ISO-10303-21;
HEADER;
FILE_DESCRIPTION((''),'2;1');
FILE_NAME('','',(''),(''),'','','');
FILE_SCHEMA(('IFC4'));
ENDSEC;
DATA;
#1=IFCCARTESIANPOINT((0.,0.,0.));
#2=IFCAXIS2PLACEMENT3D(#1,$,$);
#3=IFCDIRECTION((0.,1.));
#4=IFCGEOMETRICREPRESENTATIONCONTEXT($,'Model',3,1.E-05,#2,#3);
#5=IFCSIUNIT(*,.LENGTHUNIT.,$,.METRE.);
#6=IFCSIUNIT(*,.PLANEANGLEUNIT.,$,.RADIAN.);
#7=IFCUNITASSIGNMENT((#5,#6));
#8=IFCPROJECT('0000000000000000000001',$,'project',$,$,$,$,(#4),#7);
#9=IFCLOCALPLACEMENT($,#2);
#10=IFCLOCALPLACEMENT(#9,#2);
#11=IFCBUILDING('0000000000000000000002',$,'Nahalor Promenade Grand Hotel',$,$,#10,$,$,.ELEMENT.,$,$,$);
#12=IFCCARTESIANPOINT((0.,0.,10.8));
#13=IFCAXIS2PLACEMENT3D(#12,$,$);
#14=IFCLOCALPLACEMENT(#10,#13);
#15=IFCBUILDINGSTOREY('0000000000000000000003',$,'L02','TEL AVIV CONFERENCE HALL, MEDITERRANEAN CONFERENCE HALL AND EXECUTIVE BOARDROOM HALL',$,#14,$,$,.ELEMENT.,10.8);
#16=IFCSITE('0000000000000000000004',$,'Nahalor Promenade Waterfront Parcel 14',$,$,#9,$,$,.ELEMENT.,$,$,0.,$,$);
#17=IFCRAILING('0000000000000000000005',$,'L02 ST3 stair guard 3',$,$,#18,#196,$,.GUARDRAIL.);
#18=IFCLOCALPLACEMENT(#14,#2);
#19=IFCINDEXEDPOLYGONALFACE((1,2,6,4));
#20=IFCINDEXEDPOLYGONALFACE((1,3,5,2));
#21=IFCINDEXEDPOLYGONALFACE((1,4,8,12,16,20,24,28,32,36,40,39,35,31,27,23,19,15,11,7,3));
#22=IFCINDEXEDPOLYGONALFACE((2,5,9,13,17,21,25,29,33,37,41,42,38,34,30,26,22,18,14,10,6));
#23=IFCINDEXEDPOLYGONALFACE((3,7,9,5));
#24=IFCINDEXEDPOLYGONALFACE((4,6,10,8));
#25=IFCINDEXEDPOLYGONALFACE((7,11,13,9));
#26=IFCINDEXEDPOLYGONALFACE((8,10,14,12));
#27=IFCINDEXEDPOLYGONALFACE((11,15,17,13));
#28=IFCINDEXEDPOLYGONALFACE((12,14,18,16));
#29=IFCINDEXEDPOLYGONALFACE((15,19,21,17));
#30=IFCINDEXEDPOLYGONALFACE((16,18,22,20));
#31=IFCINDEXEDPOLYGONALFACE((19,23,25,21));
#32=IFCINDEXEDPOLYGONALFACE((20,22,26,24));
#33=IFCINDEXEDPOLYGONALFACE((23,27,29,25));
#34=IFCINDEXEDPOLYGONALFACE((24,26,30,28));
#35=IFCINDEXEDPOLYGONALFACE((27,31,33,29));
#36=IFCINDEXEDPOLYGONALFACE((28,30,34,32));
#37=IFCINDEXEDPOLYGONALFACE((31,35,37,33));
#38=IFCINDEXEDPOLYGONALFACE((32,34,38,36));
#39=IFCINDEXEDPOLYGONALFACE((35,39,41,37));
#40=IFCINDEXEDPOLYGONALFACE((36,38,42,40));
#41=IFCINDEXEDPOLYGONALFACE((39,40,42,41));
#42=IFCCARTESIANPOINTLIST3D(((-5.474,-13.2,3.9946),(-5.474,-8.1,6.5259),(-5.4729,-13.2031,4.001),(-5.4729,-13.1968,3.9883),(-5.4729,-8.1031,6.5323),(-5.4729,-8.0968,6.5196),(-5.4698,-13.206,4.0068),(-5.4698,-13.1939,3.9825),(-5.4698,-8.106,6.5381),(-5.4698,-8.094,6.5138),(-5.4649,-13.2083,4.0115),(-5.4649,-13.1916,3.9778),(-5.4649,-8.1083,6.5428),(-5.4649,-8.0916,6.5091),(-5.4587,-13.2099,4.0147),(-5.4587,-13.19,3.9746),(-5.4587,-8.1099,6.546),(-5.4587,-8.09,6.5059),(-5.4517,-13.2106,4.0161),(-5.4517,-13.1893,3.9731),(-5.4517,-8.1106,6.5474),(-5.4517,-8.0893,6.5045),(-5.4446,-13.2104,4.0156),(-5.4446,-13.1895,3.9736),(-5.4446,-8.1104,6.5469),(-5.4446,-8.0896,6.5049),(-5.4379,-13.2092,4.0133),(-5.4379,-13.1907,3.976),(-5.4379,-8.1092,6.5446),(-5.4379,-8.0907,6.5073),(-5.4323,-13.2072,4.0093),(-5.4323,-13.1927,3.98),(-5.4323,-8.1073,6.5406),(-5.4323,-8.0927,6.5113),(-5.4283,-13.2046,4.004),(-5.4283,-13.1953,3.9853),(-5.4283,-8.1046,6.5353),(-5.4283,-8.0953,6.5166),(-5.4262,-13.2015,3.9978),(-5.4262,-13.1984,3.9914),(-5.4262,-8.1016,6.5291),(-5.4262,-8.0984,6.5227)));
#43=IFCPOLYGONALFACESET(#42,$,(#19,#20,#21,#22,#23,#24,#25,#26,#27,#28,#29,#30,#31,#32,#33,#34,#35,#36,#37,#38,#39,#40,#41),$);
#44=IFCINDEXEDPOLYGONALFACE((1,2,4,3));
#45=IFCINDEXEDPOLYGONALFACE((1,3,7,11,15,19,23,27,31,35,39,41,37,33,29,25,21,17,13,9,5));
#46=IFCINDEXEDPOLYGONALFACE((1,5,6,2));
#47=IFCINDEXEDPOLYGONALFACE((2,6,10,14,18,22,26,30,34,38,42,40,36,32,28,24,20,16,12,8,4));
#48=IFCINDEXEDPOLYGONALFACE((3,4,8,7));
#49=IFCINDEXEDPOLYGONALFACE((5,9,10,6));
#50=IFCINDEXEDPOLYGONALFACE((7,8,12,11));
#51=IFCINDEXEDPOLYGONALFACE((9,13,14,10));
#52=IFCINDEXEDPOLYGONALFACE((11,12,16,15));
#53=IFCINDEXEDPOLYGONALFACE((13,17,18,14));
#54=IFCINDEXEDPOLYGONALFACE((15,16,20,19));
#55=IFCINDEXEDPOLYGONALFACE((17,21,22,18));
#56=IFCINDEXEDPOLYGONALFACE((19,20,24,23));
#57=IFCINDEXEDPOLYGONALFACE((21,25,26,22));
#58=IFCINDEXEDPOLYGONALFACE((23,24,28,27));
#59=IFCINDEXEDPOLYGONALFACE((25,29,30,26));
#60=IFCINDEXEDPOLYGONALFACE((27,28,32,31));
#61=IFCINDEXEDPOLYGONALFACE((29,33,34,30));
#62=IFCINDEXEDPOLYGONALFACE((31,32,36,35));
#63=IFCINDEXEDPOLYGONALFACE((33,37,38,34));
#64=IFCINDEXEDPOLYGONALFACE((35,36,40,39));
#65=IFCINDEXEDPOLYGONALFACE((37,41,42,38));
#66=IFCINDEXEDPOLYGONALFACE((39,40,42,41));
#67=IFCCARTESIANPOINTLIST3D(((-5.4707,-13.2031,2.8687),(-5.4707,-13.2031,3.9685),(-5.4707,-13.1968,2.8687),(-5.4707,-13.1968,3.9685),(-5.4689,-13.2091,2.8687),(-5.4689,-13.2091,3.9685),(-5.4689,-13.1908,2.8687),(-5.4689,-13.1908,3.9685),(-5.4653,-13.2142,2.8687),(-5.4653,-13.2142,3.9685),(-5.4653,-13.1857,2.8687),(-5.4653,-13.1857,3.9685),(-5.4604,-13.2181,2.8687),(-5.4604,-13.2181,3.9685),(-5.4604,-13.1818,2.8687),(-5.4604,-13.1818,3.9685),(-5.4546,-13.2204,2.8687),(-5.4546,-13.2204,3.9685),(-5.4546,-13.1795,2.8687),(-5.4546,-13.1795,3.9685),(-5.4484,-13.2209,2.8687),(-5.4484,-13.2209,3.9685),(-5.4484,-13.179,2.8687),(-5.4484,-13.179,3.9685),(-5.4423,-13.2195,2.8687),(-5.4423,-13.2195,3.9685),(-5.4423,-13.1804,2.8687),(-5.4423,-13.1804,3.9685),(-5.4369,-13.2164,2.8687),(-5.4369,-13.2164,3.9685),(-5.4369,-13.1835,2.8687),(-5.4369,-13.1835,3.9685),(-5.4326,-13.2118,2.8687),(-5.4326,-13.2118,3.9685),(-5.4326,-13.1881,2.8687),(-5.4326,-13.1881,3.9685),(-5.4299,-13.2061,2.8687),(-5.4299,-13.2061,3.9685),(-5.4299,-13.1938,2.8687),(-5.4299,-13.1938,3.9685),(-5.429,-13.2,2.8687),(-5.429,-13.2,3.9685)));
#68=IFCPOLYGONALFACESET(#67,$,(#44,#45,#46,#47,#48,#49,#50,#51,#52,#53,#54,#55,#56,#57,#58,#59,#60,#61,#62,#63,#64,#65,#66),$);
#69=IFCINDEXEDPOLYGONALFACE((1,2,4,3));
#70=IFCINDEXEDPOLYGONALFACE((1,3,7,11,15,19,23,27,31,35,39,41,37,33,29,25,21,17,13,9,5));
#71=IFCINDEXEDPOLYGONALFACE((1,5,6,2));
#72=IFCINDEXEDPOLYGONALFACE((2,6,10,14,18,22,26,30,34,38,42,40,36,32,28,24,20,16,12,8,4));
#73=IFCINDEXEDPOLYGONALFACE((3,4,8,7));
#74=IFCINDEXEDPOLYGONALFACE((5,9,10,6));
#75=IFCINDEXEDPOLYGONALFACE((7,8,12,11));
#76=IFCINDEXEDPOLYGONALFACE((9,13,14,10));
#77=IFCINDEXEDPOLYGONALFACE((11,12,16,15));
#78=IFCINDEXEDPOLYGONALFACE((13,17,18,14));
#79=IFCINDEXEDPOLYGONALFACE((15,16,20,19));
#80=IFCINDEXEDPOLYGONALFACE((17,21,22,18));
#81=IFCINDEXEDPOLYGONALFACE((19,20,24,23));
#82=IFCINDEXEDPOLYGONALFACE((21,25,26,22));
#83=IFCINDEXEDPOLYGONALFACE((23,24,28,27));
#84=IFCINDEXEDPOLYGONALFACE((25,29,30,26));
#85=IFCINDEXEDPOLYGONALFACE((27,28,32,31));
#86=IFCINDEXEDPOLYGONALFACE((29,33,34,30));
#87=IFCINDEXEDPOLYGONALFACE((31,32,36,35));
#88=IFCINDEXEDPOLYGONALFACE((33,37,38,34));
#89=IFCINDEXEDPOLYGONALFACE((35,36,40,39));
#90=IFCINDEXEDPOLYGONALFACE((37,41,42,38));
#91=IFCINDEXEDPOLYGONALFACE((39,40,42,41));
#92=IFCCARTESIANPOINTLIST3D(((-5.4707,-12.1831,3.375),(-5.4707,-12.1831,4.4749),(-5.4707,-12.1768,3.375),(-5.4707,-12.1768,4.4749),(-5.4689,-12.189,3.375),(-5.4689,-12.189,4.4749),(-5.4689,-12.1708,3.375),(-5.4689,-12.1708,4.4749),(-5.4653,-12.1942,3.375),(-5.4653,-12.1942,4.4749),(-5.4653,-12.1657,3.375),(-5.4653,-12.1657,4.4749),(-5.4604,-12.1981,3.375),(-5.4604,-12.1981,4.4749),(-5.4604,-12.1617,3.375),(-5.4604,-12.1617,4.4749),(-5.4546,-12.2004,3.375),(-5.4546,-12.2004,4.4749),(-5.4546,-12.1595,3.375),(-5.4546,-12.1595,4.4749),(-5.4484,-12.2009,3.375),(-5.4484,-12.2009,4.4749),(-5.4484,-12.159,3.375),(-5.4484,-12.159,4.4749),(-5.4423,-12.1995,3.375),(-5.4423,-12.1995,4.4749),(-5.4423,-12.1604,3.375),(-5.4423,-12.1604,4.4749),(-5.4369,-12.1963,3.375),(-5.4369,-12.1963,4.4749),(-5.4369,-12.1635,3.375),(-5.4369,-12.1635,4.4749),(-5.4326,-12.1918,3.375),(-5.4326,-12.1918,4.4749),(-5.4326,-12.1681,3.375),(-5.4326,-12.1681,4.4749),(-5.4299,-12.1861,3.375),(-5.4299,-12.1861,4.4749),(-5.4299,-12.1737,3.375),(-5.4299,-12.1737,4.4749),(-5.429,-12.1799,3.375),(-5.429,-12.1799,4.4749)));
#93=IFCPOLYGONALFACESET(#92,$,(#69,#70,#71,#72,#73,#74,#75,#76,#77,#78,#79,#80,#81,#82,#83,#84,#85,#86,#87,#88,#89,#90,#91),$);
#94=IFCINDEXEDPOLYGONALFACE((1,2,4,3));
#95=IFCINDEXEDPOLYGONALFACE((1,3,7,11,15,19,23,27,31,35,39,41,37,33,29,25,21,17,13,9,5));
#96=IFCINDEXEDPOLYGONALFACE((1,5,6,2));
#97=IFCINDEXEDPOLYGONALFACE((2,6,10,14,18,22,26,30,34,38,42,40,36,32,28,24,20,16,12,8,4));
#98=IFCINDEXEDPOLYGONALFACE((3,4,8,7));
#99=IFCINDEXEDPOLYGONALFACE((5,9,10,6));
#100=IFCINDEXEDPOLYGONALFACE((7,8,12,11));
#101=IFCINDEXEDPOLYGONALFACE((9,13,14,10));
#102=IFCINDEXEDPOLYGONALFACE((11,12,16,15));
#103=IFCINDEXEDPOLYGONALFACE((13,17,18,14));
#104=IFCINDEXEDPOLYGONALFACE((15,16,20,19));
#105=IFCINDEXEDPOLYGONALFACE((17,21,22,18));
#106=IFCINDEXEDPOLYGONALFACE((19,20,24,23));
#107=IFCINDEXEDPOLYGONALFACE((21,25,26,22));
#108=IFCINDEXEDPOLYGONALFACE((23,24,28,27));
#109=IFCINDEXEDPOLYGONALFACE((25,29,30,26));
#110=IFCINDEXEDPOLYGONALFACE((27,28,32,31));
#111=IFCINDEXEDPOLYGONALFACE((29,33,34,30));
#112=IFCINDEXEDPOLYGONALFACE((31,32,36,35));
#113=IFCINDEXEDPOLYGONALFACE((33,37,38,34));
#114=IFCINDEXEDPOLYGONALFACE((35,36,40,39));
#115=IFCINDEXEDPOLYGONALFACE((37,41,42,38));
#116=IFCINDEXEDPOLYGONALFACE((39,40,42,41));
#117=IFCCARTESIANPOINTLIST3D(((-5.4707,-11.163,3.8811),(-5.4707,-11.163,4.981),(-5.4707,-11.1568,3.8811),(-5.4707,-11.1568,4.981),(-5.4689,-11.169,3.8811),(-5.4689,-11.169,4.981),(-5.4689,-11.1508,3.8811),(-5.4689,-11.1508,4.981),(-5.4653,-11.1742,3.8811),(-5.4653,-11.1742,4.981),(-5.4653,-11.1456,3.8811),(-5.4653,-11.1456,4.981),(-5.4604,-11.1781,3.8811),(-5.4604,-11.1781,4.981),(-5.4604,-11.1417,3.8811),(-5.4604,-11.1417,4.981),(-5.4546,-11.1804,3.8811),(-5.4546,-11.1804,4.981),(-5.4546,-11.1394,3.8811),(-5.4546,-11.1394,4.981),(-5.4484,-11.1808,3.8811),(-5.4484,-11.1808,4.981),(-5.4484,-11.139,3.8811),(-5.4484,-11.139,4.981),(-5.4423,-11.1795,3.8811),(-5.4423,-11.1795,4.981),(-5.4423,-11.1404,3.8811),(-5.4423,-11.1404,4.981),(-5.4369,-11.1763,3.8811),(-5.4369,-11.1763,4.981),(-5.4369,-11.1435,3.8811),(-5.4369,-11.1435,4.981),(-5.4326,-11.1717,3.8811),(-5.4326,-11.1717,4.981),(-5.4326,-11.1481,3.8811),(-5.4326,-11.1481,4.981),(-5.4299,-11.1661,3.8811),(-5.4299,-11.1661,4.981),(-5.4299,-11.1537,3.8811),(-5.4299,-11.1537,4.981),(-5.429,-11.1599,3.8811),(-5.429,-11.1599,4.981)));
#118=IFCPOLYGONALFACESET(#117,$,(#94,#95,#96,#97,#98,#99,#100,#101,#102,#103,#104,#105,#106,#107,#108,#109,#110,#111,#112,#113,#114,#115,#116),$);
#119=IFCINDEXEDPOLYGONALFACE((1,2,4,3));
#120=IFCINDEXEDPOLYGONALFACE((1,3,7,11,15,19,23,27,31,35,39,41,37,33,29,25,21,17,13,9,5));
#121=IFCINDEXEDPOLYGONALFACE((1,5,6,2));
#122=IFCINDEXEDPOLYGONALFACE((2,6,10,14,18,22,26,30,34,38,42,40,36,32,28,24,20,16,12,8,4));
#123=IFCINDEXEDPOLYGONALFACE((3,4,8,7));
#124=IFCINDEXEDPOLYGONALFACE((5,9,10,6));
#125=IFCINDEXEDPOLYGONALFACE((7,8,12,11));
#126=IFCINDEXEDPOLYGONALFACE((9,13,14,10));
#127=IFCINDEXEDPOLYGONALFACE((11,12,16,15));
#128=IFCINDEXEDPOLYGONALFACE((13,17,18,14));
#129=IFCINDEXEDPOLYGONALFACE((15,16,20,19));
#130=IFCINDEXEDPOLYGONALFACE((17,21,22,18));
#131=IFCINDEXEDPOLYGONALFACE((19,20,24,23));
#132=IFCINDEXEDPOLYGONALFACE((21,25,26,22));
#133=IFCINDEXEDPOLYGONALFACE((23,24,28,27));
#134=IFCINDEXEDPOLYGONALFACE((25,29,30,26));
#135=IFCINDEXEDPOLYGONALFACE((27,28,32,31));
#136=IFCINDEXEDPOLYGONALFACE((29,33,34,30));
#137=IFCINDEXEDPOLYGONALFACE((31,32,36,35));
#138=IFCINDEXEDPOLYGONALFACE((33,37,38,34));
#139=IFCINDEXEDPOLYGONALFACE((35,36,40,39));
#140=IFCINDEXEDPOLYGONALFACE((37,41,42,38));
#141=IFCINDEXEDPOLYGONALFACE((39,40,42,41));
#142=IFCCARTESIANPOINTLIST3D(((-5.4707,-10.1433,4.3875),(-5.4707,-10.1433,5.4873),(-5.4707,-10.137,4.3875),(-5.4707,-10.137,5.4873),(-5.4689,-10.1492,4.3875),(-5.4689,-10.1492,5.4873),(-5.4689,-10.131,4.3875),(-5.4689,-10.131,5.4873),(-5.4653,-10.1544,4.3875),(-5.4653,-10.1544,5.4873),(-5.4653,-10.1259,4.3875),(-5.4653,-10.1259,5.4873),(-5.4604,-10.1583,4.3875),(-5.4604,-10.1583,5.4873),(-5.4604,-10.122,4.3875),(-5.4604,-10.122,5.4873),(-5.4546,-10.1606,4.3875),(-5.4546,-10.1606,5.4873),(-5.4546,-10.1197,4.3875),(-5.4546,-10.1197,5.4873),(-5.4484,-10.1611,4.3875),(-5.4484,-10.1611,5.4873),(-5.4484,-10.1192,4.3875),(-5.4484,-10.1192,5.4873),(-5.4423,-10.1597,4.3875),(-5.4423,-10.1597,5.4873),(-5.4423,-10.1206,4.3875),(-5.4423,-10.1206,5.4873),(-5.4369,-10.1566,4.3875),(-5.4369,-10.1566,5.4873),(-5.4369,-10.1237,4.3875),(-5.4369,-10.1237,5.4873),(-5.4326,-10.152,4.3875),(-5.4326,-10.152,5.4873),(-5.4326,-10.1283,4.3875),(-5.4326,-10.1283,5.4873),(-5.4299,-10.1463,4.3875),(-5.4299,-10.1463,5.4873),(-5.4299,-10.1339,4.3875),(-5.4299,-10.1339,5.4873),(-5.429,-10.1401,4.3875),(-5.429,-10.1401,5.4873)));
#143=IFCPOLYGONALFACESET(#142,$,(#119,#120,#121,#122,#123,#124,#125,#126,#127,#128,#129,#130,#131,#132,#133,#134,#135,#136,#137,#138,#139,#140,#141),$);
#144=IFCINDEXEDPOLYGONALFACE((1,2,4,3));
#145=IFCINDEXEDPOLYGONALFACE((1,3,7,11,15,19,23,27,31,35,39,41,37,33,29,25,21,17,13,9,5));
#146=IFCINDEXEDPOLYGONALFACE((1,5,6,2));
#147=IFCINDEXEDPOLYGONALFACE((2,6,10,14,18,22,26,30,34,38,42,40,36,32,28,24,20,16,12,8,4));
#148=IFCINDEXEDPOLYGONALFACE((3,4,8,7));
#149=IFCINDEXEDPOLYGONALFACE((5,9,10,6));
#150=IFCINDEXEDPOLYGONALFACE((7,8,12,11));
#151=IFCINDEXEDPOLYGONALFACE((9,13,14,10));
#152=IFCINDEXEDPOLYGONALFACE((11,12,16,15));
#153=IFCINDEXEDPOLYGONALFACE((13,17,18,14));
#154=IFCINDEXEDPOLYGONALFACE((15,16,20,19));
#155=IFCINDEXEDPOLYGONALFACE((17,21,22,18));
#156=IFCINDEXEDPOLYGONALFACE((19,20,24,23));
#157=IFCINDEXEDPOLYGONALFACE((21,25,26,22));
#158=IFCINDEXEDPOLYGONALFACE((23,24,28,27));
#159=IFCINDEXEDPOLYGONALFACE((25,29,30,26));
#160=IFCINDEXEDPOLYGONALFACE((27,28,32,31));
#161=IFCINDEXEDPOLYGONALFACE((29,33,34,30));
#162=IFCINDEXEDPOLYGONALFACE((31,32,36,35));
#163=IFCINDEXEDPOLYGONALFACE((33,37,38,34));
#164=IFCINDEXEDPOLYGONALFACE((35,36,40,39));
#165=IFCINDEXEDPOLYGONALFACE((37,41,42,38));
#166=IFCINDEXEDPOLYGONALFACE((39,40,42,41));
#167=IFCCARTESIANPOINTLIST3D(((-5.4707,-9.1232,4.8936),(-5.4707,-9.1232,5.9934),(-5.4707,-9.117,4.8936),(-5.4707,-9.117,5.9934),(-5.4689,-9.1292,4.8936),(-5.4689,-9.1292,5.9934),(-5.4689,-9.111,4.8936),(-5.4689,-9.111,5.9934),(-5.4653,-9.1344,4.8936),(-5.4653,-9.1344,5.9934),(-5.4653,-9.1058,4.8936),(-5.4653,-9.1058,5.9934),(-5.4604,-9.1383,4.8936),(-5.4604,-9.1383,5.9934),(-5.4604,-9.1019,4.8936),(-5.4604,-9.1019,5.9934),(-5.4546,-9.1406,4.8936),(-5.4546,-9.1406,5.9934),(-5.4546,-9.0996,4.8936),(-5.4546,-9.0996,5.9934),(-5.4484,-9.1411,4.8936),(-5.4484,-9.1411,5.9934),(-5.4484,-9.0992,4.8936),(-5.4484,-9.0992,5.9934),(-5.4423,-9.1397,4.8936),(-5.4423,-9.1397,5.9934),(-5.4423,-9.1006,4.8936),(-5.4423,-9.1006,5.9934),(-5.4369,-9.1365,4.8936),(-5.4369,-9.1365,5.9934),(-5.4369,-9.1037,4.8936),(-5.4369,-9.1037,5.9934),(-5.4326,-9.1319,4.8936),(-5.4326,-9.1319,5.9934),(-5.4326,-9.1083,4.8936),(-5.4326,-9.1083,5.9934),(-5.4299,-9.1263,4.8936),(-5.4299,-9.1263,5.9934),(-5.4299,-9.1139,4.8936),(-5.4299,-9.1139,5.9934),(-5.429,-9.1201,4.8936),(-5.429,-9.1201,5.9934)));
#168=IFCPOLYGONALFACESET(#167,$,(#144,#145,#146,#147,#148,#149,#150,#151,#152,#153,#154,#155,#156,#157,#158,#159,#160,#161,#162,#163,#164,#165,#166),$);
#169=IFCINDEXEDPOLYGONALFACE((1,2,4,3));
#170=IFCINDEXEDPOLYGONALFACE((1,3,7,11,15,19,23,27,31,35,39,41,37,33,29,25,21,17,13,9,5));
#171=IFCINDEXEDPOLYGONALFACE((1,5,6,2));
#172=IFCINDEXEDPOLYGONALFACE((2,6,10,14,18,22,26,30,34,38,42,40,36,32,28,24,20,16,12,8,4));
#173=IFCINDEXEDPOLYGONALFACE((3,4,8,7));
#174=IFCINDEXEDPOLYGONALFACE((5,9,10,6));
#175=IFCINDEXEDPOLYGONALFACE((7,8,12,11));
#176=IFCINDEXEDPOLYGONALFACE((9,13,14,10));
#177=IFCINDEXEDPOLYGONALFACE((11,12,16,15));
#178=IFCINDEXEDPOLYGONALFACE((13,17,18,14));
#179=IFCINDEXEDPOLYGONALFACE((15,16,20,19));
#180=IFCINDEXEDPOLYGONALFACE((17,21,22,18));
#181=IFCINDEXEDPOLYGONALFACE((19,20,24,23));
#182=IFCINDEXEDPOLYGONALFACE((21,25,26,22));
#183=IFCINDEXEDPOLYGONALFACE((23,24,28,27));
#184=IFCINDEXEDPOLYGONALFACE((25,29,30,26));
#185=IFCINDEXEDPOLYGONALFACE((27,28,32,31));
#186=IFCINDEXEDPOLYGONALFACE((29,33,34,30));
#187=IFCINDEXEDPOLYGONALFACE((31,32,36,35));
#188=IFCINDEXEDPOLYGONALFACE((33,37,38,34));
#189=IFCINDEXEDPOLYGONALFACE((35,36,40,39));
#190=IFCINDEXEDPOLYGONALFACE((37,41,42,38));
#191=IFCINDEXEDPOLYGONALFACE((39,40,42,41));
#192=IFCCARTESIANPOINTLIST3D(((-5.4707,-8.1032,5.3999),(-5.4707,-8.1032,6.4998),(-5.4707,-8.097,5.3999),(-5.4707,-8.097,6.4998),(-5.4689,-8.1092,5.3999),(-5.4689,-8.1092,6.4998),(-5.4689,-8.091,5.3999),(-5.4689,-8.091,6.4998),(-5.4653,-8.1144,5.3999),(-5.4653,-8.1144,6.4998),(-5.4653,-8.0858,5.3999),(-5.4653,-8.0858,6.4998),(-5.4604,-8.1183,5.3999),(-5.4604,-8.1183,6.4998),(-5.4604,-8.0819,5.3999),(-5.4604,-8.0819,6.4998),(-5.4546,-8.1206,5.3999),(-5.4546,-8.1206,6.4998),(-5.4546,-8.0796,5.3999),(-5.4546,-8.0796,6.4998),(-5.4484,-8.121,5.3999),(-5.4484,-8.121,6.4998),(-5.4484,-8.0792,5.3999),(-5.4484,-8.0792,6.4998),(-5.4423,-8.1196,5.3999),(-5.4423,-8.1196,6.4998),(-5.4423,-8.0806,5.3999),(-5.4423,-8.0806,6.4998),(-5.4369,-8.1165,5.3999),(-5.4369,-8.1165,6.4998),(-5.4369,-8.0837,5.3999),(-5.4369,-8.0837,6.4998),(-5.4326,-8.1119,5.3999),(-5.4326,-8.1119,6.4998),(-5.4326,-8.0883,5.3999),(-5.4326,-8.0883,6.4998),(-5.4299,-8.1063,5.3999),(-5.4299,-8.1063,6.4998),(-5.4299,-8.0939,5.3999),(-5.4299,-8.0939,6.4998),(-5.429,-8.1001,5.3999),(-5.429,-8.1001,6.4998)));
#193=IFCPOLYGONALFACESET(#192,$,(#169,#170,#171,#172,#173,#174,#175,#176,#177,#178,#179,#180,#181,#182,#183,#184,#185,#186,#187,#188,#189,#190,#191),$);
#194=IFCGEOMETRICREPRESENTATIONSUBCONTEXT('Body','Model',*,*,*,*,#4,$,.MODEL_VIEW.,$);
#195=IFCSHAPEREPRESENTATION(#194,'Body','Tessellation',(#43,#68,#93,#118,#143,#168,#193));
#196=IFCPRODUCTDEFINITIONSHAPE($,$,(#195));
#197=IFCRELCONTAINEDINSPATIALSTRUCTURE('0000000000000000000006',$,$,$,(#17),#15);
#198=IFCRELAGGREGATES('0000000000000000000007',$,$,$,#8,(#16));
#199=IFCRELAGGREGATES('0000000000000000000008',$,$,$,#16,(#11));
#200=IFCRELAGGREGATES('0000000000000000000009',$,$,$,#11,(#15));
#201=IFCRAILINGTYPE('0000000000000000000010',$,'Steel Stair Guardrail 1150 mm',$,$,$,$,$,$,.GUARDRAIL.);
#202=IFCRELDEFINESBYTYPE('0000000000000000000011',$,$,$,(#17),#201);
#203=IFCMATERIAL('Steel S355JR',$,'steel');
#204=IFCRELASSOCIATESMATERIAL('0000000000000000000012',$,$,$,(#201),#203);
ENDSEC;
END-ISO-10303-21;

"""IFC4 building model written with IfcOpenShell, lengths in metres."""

from ifc_helpers import new_model, si_unit, direction, frame, origin, origin_2d, place, context, subcontext, project, spatial, circle, extrude, material, type_object, element, save


model = new_model("IFC4")

# Units and contexts
model_context = context("Model", 3, precision=1e-05, world=origin(), true_north=direction((0.0, 1.0)))
body_context = subcontext(model_context, "Body", "Model", "MODEL_VIEW")
ifc_project = project(units=[si_unit("LENGTHUNIT", "METRE"), si_unit("PLANEANGLEUNIT", "RADIAN")], contexts=[model_context])

# Site, building, storey
site_placement = place(None, origin())
site = spatial("IfcSite", under=ifc_project, at=site_placement, Name="Nahalor Promenade Waterfront Parcel 14", CompositionType="ELEMENT", RefElevation=0.0)
building_placement = place(site_placement, origin())
building = spatial("IfcBuilding", under=site, at=building_placement, Name="Nahalor Promenade Grand Hotel", CompositionType="ELEMENT")
storey_placement = place(building_placement, frame((0.0, 0.0, 10.8)))
storey = spatial("IfcBuildingStorey", under=building, at=storey_placement, Name="L02", Description="TEL AVIV CONFERENCE HALL, MEDITERRANEAN CONFERENCE HALL AND EXECUTIVE BOARDROOM HALL", CompositionType="ELEMENT", Elevation=10.8)

# Shared definitions
ifc_material_1 = material(Name="Steel S355JR", Category="steel")

# Railing
railing_type_1 = type_object("IfcRailingType", Name="Steel Stair Guardrail 1150 mm", PredefinedType="GUARDRAIL", material=ifc_material_1)
railing_1_placement = place(storey_placement, frame((-5.45, -13.2, 2.8687)))
element("IfcRailing", 1, at=railing_1_placement, inside=storey, type_object=railing_type_1, Name="L02 ST3 stair guard 3", PredefinedType="GUARDRAIL", context=body_context, shape_type="SweptSolid", body=[
    extrude(circle(Radius=0.024, at=origin_2d()), frame((0.0, 0.0, 1.126), z_axis=(0.0, 0.895735, 0.444587), x_axis=(-1.0, 0.0, 0.0)), (0.0, 0.0, 1.0), 5.6936),
    extrude(circle(Radius=0.021, at=origin_2d()), origin(), (0.0, 0.0, 1.0), 1.0999),
    extrude(circle(Radius=0.021, at=origin_2d()), frame((0.0, 1.02, 0.5063)), (0.0, 0.0, 1.0), 1.0999),
    extrude(circle(Radius=0.021, at=origin_2d()), frame((0.0, 2.04, 1.0125)), (0.0, 0.0, 1.0), 1.0999),
    extrude(circle(Radius=0.021, at=origin_2d()), frame((0.0, 3.0598, 1.5188)), (0.0, 0.0, 1.0), 1.0999),
    extrude(circle(Radius=0.021, at=origin_2d()), frame((0.0, 4.0798, 2.0249)), (0.0, 0.0, 1.0), 1.0999),
    extrude(circle(Radius=0.021, at=origin_2d()), frame((0.0, 5.0999, 2.5312)), (0.0, 0.0, 1.0), 1.0999),
])

save(model, "model.ifc")
